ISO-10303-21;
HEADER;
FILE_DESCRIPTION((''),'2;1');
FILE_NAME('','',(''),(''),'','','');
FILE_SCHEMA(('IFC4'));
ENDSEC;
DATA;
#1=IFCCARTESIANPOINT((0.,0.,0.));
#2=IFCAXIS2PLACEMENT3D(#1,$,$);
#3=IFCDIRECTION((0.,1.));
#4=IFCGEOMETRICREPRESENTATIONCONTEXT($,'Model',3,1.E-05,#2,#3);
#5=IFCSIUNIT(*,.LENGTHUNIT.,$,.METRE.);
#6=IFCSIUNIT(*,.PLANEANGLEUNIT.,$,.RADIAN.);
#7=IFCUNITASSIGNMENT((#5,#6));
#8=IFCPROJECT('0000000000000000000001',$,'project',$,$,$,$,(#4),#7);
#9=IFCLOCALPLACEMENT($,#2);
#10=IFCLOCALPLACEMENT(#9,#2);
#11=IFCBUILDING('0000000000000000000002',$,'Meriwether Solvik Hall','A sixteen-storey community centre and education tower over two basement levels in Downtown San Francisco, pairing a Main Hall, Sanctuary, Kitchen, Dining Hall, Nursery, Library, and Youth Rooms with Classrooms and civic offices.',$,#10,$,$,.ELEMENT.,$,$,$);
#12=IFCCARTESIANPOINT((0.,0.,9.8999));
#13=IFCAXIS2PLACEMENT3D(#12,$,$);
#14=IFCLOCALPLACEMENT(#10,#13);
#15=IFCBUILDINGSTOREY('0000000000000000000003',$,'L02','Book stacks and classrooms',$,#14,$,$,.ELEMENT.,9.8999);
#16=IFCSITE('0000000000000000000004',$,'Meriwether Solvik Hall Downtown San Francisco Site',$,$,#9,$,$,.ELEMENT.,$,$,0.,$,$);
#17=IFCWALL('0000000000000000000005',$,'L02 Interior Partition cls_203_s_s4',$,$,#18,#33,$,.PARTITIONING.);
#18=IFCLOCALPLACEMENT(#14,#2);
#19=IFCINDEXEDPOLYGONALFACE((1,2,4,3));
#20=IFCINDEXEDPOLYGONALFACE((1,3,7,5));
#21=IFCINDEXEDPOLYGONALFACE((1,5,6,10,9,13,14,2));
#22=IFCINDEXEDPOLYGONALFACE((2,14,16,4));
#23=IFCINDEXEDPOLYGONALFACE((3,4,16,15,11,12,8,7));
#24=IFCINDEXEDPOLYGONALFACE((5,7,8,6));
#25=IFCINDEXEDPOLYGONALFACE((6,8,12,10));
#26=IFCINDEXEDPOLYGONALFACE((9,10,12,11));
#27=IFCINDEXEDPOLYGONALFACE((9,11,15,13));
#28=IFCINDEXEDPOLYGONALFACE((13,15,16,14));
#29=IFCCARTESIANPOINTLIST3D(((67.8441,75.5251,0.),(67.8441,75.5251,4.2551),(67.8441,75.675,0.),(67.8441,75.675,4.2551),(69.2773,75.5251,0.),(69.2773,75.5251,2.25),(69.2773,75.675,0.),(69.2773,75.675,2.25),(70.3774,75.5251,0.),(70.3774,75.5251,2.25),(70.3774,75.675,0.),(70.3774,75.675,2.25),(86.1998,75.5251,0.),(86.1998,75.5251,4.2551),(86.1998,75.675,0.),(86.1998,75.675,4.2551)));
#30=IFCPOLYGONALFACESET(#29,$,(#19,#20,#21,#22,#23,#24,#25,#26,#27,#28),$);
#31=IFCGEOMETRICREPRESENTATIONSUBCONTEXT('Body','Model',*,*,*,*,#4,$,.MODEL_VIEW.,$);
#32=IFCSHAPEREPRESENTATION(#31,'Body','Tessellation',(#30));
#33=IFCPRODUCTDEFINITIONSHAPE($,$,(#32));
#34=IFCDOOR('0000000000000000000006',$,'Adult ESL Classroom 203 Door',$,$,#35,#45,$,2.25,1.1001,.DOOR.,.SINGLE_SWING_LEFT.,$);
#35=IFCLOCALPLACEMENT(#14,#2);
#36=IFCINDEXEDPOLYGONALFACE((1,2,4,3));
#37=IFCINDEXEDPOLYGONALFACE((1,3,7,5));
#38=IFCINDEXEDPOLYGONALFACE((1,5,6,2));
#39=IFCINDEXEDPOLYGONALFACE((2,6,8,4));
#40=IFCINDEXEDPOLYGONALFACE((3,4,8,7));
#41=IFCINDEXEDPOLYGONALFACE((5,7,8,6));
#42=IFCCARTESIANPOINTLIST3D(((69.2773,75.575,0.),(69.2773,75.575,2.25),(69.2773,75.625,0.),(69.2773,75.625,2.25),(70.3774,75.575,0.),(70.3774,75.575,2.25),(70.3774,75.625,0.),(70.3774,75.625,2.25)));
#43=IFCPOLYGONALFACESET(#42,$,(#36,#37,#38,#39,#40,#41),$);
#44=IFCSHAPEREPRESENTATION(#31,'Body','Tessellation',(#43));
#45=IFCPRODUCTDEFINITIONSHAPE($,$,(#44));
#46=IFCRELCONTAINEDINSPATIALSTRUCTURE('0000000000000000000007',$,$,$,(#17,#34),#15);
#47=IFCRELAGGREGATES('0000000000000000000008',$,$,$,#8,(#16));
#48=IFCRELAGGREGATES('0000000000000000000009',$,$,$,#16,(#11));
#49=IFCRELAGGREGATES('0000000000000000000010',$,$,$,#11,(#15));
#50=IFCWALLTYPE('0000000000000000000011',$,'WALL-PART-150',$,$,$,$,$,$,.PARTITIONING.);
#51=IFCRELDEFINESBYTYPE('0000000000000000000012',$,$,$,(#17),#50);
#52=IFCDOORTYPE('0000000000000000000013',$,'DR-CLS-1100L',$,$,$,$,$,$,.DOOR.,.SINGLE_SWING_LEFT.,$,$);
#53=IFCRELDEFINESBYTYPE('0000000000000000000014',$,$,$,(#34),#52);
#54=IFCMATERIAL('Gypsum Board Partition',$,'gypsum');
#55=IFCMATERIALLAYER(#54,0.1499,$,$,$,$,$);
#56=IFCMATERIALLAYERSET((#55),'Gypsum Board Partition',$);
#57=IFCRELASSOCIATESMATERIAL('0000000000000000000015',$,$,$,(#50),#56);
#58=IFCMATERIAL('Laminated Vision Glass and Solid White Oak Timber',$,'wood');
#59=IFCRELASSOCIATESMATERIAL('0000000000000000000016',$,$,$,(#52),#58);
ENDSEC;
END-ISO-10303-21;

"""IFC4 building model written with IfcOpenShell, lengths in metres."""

from ifc_helpers import new_model, si_unit, direction, frame, frame_2d, origin, place, context, subcontext, project, spatial, rectangle, extrude, material, layer, layer_set, type_object, element, fill, save


model = new_model("IFC4")

# Units and contexts
model_context = context("Model", 3, precision=1e-05, world=origin(), true_north=direction((0.0, 1.0)))
body_context = subcontext(model_context, "Body", "Model", "MODEL_VIEW")
ifc_project = project(units=[si_unit("LENGTHUNIT", "METRE"), si_unit("PLANEANGLEUNIT", "RADIAN")], contexts=[model_context])

# Site, building, storey
site_placement = place(None, origin())
site = spatial("IfcSite", under=ifc_project, at=site_placement, Name="Meriwether Solvik Hall Downtown San Francisco Site", CompositionType="ELEMENT", RefElevation=0.0)
building_placement = place(site_placement, origin())
building = spatial("IfcBuilding", under=site, at=building_placement, Name="Meriwether Solvik Hall", Description="A sixteen-storey community centre and education tower over two basement levels in Downtown San Francisco, pairing a Main Hall, Sanctuary, Kitchen, Dining Hall, Nursery, Library, and Youth Rooms with Classrooms and civic offices.", CompositionType="ELEMENT")
storey_placement = place(building_placement, frame((0.0, 0.0, 9.8999)))
storey = spatial("IfcBuildingStorey", under=building, at=storey_placement, Name="L02", Description="Book stacks and classrooms", CompositionType="ELEMENT", Elevation=9.8999)

# Shared definitions
ifc_material_1 = material(Name="Gypsum Board Partition", Category="gypsum")
ifc_layer_1 = layer(ifc_material_1, 0.1499)
ifc_layer_set_1 = layer_set([ifc_layer_1], Name="Gypsum Board Partition")
wall_type_1 = type_object("IfcWallType", Name="WALL-PART-150", PredefinedType="PARTITIONING", material=ifc_layer_set_1)

# Wall, opening, door
wall_1_placement = place(storey_placement, frame((67.8442, 75.6001, 0.0), z_axis=(0.0, 0.0, 1.0), x_axis=(1.0, 0.0, 0.0)))
wall_1 = element("IfcWall", 1, at=wall_1_placement, inside=storey, type_object=wall_type_1, Name="L02 Interior Partition cls_203_s_s4", PredefinedType="PARTITIONING", context=body_context, shape_type="SweptSolid", body=[
    extrude(rectangle(XDim=18.3557, YDim=0.1499, at=frame_2d((9.1777, 0.0))), origin(), (0.0, 0.0, 1.0), 4.2551),
])
opening_1_placement = place(wall_1_placement, frame((1.4331, 0.0, 0.0)))
opening_1 = element("IfcOpeningElement", 2, at=opening_1_placement, cuts=wall_1, PredefinedType="OPENING", context=body_context, shape_type="SweptSolid", body=[
    extrude(rectangle(XDim=1.1001, YDim=2.25, at=frame_2d((0.55, 1.125))), frame((0.0, 0.0869, 0.0), z_axis=(0.0, -1.0, 0.0), x_axis=(1.0, 0.0, 0.0)), (0.0, 0.0, 1.0), 0.1738),
])
ifc_material_2 = material(Name="Laminated Vision Glass and Solid White Oak Timber", Category="wood")
door_type = type_object("IfcDoorType", Name="DR-CLS-1100L", OperationType="SINGLE_SWING_LEFT", PredefinedType="DOOR", material=ifc_material_2)
door_placement = place(opening_1_placement, origin())
door = element("IfcDoor", 3, at=door_placement, inside=storey, type_object=door_type, Name="Adult ESL Classroom 203 Door", OperationType="SINGLE_SWING_LEFT", OverallHeight=2.25, OverallWidth=1.1001, PredefinedType="DOOR", context=body_context, shape_type="SweptSolid", body=[
    extrude(rectangle(XDim=1.1001, YDim=2.25, at=frame_2d((0.55, 1.125))), frame((0.0, 0.0249, 0.0), z_axis=(0.0, -1.0, 0.0), x_axis=(1.0, 0.0, 0.0)), (0.0, 0.0, 1.0), 0.05),
])
fill(opening_1, door)

save(model, "model.ifc")
